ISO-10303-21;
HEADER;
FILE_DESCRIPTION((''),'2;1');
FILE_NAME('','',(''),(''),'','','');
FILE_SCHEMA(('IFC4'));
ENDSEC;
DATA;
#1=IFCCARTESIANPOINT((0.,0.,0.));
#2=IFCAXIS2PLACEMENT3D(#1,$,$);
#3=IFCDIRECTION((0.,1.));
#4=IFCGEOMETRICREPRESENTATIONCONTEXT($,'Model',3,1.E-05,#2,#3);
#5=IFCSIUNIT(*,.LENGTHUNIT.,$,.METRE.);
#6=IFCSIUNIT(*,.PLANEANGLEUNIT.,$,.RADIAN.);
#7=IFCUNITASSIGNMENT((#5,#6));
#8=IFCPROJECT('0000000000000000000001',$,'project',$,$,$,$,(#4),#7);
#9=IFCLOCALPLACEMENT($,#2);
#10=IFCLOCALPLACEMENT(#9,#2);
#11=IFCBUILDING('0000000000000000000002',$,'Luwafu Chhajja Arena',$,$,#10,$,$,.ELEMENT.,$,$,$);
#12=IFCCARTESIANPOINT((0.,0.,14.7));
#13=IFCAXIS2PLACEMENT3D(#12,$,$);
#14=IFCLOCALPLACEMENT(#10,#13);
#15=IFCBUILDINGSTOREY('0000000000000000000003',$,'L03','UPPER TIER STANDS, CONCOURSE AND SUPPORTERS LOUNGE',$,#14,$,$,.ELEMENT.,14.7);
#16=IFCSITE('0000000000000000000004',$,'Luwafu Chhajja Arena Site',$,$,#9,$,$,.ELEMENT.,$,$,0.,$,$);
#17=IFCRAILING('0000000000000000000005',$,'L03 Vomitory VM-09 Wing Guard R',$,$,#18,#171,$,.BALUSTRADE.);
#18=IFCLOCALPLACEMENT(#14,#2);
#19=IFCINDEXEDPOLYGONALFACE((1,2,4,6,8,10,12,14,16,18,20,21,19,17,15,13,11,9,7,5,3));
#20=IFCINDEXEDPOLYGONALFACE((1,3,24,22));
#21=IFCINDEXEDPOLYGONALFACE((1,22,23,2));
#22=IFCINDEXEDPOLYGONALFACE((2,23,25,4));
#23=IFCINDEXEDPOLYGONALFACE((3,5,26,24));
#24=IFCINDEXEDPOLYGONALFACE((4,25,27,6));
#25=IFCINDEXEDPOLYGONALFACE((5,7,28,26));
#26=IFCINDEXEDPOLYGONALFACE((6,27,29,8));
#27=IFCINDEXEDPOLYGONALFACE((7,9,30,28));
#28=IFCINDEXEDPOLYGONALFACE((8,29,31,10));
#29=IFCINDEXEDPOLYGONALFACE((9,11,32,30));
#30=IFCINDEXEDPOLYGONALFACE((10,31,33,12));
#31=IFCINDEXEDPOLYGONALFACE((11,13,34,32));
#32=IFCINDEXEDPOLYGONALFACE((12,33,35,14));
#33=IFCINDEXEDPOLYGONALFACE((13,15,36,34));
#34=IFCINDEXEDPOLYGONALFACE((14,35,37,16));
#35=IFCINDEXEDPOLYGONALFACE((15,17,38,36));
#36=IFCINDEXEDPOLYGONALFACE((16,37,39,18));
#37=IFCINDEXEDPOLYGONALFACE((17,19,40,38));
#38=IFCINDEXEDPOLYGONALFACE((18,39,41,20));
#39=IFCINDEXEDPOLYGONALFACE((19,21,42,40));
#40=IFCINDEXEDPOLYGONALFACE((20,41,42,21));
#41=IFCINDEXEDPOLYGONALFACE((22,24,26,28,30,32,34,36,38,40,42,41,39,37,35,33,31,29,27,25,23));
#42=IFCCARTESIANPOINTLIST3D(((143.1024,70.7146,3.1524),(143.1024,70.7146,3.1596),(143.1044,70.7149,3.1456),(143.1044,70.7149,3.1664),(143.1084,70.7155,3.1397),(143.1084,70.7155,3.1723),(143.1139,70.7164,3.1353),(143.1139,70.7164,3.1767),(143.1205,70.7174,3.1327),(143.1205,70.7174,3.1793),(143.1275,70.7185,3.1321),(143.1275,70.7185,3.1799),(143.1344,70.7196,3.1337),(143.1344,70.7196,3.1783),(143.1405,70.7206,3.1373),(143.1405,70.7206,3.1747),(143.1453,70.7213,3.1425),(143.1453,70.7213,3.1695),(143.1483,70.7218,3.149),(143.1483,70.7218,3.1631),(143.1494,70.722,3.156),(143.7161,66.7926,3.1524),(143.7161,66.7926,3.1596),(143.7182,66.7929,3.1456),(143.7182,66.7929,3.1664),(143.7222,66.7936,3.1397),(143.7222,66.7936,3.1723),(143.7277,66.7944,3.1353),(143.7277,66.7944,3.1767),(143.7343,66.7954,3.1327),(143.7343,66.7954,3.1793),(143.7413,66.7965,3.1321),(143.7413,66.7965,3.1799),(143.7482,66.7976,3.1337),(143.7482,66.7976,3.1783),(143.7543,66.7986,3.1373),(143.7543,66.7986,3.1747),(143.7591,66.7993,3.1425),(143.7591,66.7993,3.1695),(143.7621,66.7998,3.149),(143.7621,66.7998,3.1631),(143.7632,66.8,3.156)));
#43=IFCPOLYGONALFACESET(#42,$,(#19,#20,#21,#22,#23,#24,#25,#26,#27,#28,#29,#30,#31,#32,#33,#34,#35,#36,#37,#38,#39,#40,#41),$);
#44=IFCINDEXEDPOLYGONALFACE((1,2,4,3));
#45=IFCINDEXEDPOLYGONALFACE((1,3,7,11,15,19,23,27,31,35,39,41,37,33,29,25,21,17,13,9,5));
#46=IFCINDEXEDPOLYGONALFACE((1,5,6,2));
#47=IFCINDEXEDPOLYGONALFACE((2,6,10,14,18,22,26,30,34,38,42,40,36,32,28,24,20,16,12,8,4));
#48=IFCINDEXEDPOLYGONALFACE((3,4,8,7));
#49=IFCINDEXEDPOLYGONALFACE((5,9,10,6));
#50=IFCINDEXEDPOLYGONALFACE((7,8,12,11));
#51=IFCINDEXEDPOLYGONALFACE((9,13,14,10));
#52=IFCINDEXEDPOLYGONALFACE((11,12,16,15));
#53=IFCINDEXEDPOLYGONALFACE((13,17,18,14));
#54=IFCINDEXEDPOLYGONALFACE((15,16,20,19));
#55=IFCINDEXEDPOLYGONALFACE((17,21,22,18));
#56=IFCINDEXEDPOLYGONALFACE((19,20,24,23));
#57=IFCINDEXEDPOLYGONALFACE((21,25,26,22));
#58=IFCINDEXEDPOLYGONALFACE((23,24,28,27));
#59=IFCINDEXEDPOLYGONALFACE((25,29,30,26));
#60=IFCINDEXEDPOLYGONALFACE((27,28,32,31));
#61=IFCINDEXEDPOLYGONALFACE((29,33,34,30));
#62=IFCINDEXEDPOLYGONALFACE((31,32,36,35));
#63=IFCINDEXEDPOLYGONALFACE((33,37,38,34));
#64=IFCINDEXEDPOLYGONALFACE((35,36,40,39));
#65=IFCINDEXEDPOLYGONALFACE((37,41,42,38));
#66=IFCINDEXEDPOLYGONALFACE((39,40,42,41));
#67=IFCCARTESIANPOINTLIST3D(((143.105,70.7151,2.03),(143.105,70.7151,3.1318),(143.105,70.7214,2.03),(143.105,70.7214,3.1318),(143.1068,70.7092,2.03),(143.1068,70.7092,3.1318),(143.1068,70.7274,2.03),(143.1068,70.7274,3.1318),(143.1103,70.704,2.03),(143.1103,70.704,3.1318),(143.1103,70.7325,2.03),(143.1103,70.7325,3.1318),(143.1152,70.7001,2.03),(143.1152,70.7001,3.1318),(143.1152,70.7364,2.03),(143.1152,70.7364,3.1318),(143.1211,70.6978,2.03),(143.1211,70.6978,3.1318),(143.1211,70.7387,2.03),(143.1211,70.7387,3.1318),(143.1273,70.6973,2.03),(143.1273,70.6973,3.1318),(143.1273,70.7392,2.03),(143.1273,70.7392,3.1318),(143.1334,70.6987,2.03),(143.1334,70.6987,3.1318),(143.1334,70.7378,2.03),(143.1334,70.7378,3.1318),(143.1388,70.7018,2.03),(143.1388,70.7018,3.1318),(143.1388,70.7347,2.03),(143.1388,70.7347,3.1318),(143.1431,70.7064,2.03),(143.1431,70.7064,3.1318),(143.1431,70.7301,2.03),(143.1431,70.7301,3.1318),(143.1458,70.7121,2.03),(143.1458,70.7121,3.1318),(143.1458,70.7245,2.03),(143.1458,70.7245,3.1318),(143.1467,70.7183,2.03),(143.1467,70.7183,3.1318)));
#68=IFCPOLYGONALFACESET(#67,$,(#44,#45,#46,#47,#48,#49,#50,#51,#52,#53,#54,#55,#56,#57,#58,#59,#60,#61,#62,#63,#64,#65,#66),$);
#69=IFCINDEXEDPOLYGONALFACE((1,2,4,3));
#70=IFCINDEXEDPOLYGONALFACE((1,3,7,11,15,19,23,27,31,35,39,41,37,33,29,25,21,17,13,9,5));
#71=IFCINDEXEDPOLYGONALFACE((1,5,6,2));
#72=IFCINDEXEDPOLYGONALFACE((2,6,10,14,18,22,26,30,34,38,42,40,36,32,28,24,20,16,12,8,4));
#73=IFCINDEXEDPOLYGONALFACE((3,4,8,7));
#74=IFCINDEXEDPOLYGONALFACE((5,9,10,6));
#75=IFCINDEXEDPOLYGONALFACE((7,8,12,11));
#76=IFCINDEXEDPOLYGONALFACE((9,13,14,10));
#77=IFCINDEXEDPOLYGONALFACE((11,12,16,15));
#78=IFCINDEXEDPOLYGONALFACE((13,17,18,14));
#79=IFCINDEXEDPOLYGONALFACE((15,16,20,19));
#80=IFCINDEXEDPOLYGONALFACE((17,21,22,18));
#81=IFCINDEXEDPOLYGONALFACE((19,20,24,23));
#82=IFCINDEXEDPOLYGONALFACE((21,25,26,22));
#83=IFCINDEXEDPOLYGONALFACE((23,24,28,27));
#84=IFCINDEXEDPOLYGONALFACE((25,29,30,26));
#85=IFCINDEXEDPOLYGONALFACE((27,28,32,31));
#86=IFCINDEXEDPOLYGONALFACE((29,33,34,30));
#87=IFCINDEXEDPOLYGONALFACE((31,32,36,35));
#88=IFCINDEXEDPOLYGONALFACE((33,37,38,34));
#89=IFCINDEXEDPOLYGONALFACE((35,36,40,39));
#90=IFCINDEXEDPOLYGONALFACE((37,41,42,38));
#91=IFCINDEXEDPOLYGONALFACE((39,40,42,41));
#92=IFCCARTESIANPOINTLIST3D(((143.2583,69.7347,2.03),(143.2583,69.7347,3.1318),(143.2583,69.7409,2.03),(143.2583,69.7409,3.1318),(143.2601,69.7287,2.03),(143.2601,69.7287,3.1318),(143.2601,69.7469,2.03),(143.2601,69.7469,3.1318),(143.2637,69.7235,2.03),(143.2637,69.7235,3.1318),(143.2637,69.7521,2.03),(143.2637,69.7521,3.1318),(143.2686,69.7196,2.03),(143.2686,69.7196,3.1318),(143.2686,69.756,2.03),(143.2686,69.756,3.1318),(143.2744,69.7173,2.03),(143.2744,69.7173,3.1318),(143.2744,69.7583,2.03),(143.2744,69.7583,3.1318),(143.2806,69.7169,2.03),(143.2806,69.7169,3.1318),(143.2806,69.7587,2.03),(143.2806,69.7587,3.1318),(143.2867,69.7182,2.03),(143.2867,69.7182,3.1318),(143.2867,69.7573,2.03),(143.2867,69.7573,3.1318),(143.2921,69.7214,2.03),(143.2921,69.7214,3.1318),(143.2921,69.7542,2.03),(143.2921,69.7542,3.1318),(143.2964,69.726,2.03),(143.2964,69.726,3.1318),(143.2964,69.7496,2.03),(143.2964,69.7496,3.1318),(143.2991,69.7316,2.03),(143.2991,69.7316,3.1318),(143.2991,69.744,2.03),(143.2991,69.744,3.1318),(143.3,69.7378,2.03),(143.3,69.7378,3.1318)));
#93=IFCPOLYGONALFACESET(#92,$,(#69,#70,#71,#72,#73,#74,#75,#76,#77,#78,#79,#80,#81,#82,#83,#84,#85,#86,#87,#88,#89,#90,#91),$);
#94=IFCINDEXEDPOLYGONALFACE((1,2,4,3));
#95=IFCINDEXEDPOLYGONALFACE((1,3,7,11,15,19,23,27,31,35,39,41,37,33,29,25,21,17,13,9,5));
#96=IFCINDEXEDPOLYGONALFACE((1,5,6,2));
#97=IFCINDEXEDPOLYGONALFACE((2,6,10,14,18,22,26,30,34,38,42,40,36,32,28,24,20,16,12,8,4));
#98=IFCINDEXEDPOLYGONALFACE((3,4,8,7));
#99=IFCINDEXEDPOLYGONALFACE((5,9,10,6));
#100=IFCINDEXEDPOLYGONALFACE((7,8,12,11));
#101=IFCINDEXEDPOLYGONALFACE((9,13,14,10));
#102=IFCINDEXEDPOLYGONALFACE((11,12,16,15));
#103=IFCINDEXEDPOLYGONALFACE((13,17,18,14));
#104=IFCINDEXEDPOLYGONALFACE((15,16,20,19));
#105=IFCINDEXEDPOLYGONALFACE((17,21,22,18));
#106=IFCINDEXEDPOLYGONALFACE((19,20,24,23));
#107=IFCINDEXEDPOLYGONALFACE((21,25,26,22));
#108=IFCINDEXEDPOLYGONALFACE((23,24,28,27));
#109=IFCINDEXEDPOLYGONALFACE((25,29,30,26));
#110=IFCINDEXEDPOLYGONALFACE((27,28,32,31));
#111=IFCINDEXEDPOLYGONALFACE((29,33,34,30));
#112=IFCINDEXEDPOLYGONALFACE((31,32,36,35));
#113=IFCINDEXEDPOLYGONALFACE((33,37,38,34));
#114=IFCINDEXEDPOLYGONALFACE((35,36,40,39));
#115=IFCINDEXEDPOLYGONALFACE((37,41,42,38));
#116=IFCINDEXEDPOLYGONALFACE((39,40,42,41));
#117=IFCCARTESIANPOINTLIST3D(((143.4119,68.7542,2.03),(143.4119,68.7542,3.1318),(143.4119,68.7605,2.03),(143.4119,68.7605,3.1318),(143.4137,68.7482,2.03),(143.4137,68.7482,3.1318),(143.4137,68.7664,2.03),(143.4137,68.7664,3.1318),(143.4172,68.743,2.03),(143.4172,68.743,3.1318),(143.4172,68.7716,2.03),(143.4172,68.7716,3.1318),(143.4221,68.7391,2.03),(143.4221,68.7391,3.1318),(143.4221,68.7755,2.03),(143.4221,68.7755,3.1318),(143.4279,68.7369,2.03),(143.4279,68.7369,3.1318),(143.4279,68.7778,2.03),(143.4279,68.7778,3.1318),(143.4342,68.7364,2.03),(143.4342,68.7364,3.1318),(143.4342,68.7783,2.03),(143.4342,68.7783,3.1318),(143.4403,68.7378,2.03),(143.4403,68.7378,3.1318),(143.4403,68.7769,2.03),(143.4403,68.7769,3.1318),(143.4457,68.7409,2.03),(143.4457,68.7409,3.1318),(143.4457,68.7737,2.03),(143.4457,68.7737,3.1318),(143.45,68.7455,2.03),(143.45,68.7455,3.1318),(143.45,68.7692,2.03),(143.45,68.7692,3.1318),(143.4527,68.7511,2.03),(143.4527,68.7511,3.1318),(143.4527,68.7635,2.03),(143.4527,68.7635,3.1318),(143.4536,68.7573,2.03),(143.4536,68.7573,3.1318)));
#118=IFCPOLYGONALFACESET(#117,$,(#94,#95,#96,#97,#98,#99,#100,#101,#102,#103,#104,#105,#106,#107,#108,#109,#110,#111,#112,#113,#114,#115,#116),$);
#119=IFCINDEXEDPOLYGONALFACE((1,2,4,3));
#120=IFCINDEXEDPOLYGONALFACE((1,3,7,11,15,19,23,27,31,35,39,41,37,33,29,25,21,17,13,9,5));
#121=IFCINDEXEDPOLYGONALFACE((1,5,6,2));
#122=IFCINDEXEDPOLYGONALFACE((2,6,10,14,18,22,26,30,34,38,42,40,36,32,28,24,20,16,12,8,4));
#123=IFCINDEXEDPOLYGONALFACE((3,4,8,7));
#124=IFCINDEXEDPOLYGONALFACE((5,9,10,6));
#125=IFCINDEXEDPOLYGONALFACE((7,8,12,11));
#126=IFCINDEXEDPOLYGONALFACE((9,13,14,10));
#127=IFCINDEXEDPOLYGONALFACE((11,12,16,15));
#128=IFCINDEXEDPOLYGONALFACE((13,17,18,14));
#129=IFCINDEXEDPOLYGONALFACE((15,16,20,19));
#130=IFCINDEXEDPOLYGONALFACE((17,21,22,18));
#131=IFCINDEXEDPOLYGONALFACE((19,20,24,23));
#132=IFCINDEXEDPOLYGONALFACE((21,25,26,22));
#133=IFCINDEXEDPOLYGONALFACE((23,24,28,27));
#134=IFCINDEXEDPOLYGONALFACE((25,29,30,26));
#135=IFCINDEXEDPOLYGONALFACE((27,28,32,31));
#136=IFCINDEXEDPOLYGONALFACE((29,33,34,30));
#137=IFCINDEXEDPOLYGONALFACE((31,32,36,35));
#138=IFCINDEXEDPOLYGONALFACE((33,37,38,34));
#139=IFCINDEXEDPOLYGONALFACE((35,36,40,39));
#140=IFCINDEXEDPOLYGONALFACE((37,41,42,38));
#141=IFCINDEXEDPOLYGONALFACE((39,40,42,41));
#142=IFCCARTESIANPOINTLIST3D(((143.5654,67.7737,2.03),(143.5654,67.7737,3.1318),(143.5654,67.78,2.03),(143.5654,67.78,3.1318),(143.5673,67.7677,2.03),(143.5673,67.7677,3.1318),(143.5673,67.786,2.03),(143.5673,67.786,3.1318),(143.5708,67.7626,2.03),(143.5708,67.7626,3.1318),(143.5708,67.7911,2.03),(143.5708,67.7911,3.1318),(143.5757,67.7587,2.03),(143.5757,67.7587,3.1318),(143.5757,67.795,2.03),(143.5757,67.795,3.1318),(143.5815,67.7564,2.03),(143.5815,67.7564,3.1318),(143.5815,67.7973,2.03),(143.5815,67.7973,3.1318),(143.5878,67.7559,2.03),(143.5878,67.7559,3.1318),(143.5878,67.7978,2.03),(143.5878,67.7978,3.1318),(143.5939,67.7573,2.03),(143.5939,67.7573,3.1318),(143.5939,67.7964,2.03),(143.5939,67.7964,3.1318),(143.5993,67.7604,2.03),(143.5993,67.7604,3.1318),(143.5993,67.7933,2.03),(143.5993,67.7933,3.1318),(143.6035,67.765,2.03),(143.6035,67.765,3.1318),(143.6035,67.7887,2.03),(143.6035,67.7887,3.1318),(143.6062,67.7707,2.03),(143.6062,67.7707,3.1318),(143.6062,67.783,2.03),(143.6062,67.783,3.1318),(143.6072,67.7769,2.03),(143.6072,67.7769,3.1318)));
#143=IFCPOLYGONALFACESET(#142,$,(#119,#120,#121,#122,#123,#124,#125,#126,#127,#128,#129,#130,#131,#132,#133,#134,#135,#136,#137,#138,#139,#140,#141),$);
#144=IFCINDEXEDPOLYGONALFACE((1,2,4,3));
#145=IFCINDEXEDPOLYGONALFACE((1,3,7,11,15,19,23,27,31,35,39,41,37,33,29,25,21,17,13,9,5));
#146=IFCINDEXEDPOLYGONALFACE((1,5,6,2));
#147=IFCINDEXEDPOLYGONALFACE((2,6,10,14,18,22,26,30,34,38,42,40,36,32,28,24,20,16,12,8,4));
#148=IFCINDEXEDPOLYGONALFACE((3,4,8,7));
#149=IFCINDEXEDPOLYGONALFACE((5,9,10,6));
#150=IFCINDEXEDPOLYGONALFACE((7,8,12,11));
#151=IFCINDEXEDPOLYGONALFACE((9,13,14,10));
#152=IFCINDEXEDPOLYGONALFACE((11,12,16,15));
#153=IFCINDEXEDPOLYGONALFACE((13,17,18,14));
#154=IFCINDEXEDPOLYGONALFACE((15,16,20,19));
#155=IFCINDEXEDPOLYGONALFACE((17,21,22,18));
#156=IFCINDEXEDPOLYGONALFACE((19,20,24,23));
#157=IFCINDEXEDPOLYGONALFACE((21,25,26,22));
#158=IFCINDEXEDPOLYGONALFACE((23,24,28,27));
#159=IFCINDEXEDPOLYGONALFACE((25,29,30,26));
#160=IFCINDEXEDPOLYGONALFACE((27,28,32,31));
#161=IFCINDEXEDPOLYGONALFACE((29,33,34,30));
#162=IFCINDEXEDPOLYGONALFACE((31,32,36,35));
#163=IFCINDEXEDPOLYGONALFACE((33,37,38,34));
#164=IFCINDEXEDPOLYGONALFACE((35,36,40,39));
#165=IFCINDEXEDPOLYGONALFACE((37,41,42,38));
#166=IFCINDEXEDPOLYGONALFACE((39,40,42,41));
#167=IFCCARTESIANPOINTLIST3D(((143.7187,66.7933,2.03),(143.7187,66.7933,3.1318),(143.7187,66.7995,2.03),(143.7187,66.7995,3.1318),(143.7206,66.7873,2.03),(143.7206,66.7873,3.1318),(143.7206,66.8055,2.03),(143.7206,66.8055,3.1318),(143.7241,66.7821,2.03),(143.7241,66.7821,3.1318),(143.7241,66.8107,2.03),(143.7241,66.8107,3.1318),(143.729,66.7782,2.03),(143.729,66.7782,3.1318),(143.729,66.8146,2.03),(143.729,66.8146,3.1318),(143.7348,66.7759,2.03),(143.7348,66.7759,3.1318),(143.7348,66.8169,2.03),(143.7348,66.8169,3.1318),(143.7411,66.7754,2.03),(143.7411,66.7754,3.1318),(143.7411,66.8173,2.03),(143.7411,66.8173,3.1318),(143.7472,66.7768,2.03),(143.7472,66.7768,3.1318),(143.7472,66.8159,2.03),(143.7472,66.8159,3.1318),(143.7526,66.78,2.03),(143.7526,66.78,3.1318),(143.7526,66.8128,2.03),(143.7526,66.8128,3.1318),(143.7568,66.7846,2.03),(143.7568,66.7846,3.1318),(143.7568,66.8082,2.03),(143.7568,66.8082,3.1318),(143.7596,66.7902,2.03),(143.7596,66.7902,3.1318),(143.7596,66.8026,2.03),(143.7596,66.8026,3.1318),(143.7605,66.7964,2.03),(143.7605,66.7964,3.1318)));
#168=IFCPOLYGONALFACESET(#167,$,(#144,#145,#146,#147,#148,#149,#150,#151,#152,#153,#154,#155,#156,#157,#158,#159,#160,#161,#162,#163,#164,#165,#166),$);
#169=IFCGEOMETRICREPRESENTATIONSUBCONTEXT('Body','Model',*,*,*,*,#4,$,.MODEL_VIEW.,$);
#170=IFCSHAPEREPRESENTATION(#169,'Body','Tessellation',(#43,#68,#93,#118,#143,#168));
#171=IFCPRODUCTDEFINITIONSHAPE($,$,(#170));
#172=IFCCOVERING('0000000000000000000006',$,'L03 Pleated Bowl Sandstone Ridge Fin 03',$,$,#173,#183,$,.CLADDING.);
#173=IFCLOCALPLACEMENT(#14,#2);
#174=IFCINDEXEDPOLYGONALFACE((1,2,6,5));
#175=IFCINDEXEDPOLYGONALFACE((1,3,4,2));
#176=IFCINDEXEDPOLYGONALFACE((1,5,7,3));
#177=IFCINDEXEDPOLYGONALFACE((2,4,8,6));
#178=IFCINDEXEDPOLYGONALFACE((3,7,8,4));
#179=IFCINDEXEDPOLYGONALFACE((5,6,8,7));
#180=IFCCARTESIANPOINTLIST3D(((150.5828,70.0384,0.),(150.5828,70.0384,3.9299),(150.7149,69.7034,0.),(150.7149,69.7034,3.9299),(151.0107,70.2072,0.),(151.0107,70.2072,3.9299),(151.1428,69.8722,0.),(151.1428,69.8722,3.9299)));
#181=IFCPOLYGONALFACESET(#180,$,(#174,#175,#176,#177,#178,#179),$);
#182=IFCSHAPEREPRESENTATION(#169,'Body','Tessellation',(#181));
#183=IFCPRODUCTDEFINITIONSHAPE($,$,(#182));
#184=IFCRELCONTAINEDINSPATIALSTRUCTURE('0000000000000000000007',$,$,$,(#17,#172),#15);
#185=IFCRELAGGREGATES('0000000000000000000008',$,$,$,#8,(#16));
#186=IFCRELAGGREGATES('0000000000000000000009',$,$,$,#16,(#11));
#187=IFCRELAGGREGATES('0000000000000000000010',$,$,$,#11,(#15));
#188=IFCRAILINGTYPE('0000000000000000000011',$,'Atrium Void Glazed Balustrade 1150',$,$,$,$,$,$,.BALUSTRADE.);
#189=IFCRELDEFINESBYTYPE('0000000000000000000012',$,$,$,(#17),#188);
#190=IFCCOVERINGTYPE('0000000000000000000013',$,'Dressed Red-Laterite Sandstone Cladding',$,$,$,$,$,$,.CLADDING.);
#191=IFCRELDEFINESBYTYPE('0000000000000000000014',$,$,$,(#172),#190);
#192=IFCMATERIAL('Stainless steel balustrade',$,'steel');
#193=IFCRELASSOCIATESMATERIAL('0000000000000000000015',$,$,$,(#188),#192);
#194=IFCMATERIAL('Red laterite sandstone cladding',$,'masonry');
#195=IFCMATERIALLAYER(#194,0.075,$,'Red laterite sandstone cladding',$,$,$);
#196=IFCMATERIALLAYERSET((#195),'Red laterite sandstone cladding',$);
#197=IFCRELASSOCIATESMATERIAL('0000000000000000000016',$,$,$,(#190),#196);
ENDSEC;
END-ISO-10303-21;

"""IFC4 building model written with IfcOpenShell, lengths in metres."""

from ifc_helpers import new_model, si_unit, direction, frame, origin, origin_2d, place, context, subcontext, project, spatial, rectangle, circle, extrude, material, layer, layer_set, type_object, element, save


model = new_model("IFC4")

# Units and contexts
model_context = context("Model", 3, precision=1e-05, world=origin(), true_north=direction((0.0, 1.0)))
body_context = subcontext(model_context, "Body", "Model", "MODEL_VIEW")
ifc_project = project(units=[si_unit("LENGTHUNIT", "METRE"), si_unit("PLANEANGLEUNIT", "RADIAN")], contexts=[model_context])

# Site, building, storey
site_placement = place(None, origin())
site = spatial("IfcSite", under=ifc_project, at=site_placement, Name="Luwafu Chhajja Arena Site", CompositionType="ELEMENT", RefElevation=0.0)
building_placement = place(site_placement, origin())
building = spatial("IfcBuilding", under=site, at=building_placement, Name="Luwafu Chhajja Arena", CompositionType="ELEMENT")
storey_placement = place(building_placement, frame((0.0, 0.0, 14.7)))
storey = spatial("IfcBuildingStorey", under=building, at=storey_placement, Name="L03", Description="UPPER TIER STANDS, CONCOURSE AND SUPPORTERS LOUNGE", CompositionType="ELEMENT", Elevation=14.7)

# Railing
ifc_material_1 = material(Name="Stainless steel balustrade", Category="steel")
railing_type_1 = type_object("IfcRailingType", Name="Atrium Void Glazed Balustrade 1150", PredefinedType="BALUSTRADE", material=ifc_material_1)
for number, where, name in (
    (1, (143.1257, 70.7183, 2.03), "L03 Vomitory VM-09 Wing Guard R"),
):
    element("IfcRailing", number, at=place(storey_placement, frame(where)), inside=storey, type_object=railing_type_1, Name=name, PredefinedType="BALUSTRADE", context=body_context, shape_type="SweptSolid", body=[
        extrude(circle(Radius=0.0239, at=origin_2d()), frame((0.0, 0.0, 1.126), z_axis=(0.154617, -0.987974, 0.0), x_axis=(0.987974, 0.154617, 0.0)), (0.0, 0.0, 1.0), 3.9697),
        extrude(circle(Radius=0.021, at=origin_2d()), origin(), (0.0, 0.0, 1.0), 1.1018),
        extrude(circle(Radius=0.021, at=origin_2d()), frame((0.1533, -0.9805, 0.0)), (0.0, 0.0, 1.0), 1.1018),
        extrude(circle(Radius=0.021, at=origin_2d()), frame((0.3069, -1.9609, 0.0)), (0.0, 0.0, 1.0), 1.1018),
        extrude(circle(Radius=0.021, at=origin_2d()), frame((0.4604, -2.9414, 0.0)), (0.0, 0.0, 1.0), 1.1018),
        extrude(circle(Radius=0.021, at=origin_2d()), frame((0.6138, -3.9219, 0.0)), (0.0, 0.0, 1.0), 1.1018),
    ])

# Covering
ifc_material_2 = material(Name="Red laterite sandstone cladding", Category="masonry")
ifc_layer_1 = layer(ifc_material_2, 0.075, Name="Red laterite sandstone cladding")
ifc_layer_set_1 = layer_set([ifc_layer_1], Name="Red laterite sandstone cladding")
covering_type = type_object("IfcCoveringType", Name="Dressed Red-Laterite Sandstone Cladding", PredefinedType="CLADDING", material=ifc_layer_set_1)
covering_placement = place(storey_placement, frame((150.8628, 69.9553, 0.0), z_axis=(0.0, 0.0, 1.0), x_axis=(0.930259, 0.366904, 0.0)))
element("IfcCovering", 2, at=covering_placement, inside=storey, type_object=covering_type, Name="L03 Pleated Bowl Sandstone Ridge Fin 03", PredefinedType="CLADDING", context=body_context, shape_type="SweptSolid", body=[
    extrude(rectangle(XDim=0.46, YDim=0.3601, at=origin_2d()), origin(), (0.0, 0.0, 1.0), 3.9299),
])

save(model, "model.ifc")
